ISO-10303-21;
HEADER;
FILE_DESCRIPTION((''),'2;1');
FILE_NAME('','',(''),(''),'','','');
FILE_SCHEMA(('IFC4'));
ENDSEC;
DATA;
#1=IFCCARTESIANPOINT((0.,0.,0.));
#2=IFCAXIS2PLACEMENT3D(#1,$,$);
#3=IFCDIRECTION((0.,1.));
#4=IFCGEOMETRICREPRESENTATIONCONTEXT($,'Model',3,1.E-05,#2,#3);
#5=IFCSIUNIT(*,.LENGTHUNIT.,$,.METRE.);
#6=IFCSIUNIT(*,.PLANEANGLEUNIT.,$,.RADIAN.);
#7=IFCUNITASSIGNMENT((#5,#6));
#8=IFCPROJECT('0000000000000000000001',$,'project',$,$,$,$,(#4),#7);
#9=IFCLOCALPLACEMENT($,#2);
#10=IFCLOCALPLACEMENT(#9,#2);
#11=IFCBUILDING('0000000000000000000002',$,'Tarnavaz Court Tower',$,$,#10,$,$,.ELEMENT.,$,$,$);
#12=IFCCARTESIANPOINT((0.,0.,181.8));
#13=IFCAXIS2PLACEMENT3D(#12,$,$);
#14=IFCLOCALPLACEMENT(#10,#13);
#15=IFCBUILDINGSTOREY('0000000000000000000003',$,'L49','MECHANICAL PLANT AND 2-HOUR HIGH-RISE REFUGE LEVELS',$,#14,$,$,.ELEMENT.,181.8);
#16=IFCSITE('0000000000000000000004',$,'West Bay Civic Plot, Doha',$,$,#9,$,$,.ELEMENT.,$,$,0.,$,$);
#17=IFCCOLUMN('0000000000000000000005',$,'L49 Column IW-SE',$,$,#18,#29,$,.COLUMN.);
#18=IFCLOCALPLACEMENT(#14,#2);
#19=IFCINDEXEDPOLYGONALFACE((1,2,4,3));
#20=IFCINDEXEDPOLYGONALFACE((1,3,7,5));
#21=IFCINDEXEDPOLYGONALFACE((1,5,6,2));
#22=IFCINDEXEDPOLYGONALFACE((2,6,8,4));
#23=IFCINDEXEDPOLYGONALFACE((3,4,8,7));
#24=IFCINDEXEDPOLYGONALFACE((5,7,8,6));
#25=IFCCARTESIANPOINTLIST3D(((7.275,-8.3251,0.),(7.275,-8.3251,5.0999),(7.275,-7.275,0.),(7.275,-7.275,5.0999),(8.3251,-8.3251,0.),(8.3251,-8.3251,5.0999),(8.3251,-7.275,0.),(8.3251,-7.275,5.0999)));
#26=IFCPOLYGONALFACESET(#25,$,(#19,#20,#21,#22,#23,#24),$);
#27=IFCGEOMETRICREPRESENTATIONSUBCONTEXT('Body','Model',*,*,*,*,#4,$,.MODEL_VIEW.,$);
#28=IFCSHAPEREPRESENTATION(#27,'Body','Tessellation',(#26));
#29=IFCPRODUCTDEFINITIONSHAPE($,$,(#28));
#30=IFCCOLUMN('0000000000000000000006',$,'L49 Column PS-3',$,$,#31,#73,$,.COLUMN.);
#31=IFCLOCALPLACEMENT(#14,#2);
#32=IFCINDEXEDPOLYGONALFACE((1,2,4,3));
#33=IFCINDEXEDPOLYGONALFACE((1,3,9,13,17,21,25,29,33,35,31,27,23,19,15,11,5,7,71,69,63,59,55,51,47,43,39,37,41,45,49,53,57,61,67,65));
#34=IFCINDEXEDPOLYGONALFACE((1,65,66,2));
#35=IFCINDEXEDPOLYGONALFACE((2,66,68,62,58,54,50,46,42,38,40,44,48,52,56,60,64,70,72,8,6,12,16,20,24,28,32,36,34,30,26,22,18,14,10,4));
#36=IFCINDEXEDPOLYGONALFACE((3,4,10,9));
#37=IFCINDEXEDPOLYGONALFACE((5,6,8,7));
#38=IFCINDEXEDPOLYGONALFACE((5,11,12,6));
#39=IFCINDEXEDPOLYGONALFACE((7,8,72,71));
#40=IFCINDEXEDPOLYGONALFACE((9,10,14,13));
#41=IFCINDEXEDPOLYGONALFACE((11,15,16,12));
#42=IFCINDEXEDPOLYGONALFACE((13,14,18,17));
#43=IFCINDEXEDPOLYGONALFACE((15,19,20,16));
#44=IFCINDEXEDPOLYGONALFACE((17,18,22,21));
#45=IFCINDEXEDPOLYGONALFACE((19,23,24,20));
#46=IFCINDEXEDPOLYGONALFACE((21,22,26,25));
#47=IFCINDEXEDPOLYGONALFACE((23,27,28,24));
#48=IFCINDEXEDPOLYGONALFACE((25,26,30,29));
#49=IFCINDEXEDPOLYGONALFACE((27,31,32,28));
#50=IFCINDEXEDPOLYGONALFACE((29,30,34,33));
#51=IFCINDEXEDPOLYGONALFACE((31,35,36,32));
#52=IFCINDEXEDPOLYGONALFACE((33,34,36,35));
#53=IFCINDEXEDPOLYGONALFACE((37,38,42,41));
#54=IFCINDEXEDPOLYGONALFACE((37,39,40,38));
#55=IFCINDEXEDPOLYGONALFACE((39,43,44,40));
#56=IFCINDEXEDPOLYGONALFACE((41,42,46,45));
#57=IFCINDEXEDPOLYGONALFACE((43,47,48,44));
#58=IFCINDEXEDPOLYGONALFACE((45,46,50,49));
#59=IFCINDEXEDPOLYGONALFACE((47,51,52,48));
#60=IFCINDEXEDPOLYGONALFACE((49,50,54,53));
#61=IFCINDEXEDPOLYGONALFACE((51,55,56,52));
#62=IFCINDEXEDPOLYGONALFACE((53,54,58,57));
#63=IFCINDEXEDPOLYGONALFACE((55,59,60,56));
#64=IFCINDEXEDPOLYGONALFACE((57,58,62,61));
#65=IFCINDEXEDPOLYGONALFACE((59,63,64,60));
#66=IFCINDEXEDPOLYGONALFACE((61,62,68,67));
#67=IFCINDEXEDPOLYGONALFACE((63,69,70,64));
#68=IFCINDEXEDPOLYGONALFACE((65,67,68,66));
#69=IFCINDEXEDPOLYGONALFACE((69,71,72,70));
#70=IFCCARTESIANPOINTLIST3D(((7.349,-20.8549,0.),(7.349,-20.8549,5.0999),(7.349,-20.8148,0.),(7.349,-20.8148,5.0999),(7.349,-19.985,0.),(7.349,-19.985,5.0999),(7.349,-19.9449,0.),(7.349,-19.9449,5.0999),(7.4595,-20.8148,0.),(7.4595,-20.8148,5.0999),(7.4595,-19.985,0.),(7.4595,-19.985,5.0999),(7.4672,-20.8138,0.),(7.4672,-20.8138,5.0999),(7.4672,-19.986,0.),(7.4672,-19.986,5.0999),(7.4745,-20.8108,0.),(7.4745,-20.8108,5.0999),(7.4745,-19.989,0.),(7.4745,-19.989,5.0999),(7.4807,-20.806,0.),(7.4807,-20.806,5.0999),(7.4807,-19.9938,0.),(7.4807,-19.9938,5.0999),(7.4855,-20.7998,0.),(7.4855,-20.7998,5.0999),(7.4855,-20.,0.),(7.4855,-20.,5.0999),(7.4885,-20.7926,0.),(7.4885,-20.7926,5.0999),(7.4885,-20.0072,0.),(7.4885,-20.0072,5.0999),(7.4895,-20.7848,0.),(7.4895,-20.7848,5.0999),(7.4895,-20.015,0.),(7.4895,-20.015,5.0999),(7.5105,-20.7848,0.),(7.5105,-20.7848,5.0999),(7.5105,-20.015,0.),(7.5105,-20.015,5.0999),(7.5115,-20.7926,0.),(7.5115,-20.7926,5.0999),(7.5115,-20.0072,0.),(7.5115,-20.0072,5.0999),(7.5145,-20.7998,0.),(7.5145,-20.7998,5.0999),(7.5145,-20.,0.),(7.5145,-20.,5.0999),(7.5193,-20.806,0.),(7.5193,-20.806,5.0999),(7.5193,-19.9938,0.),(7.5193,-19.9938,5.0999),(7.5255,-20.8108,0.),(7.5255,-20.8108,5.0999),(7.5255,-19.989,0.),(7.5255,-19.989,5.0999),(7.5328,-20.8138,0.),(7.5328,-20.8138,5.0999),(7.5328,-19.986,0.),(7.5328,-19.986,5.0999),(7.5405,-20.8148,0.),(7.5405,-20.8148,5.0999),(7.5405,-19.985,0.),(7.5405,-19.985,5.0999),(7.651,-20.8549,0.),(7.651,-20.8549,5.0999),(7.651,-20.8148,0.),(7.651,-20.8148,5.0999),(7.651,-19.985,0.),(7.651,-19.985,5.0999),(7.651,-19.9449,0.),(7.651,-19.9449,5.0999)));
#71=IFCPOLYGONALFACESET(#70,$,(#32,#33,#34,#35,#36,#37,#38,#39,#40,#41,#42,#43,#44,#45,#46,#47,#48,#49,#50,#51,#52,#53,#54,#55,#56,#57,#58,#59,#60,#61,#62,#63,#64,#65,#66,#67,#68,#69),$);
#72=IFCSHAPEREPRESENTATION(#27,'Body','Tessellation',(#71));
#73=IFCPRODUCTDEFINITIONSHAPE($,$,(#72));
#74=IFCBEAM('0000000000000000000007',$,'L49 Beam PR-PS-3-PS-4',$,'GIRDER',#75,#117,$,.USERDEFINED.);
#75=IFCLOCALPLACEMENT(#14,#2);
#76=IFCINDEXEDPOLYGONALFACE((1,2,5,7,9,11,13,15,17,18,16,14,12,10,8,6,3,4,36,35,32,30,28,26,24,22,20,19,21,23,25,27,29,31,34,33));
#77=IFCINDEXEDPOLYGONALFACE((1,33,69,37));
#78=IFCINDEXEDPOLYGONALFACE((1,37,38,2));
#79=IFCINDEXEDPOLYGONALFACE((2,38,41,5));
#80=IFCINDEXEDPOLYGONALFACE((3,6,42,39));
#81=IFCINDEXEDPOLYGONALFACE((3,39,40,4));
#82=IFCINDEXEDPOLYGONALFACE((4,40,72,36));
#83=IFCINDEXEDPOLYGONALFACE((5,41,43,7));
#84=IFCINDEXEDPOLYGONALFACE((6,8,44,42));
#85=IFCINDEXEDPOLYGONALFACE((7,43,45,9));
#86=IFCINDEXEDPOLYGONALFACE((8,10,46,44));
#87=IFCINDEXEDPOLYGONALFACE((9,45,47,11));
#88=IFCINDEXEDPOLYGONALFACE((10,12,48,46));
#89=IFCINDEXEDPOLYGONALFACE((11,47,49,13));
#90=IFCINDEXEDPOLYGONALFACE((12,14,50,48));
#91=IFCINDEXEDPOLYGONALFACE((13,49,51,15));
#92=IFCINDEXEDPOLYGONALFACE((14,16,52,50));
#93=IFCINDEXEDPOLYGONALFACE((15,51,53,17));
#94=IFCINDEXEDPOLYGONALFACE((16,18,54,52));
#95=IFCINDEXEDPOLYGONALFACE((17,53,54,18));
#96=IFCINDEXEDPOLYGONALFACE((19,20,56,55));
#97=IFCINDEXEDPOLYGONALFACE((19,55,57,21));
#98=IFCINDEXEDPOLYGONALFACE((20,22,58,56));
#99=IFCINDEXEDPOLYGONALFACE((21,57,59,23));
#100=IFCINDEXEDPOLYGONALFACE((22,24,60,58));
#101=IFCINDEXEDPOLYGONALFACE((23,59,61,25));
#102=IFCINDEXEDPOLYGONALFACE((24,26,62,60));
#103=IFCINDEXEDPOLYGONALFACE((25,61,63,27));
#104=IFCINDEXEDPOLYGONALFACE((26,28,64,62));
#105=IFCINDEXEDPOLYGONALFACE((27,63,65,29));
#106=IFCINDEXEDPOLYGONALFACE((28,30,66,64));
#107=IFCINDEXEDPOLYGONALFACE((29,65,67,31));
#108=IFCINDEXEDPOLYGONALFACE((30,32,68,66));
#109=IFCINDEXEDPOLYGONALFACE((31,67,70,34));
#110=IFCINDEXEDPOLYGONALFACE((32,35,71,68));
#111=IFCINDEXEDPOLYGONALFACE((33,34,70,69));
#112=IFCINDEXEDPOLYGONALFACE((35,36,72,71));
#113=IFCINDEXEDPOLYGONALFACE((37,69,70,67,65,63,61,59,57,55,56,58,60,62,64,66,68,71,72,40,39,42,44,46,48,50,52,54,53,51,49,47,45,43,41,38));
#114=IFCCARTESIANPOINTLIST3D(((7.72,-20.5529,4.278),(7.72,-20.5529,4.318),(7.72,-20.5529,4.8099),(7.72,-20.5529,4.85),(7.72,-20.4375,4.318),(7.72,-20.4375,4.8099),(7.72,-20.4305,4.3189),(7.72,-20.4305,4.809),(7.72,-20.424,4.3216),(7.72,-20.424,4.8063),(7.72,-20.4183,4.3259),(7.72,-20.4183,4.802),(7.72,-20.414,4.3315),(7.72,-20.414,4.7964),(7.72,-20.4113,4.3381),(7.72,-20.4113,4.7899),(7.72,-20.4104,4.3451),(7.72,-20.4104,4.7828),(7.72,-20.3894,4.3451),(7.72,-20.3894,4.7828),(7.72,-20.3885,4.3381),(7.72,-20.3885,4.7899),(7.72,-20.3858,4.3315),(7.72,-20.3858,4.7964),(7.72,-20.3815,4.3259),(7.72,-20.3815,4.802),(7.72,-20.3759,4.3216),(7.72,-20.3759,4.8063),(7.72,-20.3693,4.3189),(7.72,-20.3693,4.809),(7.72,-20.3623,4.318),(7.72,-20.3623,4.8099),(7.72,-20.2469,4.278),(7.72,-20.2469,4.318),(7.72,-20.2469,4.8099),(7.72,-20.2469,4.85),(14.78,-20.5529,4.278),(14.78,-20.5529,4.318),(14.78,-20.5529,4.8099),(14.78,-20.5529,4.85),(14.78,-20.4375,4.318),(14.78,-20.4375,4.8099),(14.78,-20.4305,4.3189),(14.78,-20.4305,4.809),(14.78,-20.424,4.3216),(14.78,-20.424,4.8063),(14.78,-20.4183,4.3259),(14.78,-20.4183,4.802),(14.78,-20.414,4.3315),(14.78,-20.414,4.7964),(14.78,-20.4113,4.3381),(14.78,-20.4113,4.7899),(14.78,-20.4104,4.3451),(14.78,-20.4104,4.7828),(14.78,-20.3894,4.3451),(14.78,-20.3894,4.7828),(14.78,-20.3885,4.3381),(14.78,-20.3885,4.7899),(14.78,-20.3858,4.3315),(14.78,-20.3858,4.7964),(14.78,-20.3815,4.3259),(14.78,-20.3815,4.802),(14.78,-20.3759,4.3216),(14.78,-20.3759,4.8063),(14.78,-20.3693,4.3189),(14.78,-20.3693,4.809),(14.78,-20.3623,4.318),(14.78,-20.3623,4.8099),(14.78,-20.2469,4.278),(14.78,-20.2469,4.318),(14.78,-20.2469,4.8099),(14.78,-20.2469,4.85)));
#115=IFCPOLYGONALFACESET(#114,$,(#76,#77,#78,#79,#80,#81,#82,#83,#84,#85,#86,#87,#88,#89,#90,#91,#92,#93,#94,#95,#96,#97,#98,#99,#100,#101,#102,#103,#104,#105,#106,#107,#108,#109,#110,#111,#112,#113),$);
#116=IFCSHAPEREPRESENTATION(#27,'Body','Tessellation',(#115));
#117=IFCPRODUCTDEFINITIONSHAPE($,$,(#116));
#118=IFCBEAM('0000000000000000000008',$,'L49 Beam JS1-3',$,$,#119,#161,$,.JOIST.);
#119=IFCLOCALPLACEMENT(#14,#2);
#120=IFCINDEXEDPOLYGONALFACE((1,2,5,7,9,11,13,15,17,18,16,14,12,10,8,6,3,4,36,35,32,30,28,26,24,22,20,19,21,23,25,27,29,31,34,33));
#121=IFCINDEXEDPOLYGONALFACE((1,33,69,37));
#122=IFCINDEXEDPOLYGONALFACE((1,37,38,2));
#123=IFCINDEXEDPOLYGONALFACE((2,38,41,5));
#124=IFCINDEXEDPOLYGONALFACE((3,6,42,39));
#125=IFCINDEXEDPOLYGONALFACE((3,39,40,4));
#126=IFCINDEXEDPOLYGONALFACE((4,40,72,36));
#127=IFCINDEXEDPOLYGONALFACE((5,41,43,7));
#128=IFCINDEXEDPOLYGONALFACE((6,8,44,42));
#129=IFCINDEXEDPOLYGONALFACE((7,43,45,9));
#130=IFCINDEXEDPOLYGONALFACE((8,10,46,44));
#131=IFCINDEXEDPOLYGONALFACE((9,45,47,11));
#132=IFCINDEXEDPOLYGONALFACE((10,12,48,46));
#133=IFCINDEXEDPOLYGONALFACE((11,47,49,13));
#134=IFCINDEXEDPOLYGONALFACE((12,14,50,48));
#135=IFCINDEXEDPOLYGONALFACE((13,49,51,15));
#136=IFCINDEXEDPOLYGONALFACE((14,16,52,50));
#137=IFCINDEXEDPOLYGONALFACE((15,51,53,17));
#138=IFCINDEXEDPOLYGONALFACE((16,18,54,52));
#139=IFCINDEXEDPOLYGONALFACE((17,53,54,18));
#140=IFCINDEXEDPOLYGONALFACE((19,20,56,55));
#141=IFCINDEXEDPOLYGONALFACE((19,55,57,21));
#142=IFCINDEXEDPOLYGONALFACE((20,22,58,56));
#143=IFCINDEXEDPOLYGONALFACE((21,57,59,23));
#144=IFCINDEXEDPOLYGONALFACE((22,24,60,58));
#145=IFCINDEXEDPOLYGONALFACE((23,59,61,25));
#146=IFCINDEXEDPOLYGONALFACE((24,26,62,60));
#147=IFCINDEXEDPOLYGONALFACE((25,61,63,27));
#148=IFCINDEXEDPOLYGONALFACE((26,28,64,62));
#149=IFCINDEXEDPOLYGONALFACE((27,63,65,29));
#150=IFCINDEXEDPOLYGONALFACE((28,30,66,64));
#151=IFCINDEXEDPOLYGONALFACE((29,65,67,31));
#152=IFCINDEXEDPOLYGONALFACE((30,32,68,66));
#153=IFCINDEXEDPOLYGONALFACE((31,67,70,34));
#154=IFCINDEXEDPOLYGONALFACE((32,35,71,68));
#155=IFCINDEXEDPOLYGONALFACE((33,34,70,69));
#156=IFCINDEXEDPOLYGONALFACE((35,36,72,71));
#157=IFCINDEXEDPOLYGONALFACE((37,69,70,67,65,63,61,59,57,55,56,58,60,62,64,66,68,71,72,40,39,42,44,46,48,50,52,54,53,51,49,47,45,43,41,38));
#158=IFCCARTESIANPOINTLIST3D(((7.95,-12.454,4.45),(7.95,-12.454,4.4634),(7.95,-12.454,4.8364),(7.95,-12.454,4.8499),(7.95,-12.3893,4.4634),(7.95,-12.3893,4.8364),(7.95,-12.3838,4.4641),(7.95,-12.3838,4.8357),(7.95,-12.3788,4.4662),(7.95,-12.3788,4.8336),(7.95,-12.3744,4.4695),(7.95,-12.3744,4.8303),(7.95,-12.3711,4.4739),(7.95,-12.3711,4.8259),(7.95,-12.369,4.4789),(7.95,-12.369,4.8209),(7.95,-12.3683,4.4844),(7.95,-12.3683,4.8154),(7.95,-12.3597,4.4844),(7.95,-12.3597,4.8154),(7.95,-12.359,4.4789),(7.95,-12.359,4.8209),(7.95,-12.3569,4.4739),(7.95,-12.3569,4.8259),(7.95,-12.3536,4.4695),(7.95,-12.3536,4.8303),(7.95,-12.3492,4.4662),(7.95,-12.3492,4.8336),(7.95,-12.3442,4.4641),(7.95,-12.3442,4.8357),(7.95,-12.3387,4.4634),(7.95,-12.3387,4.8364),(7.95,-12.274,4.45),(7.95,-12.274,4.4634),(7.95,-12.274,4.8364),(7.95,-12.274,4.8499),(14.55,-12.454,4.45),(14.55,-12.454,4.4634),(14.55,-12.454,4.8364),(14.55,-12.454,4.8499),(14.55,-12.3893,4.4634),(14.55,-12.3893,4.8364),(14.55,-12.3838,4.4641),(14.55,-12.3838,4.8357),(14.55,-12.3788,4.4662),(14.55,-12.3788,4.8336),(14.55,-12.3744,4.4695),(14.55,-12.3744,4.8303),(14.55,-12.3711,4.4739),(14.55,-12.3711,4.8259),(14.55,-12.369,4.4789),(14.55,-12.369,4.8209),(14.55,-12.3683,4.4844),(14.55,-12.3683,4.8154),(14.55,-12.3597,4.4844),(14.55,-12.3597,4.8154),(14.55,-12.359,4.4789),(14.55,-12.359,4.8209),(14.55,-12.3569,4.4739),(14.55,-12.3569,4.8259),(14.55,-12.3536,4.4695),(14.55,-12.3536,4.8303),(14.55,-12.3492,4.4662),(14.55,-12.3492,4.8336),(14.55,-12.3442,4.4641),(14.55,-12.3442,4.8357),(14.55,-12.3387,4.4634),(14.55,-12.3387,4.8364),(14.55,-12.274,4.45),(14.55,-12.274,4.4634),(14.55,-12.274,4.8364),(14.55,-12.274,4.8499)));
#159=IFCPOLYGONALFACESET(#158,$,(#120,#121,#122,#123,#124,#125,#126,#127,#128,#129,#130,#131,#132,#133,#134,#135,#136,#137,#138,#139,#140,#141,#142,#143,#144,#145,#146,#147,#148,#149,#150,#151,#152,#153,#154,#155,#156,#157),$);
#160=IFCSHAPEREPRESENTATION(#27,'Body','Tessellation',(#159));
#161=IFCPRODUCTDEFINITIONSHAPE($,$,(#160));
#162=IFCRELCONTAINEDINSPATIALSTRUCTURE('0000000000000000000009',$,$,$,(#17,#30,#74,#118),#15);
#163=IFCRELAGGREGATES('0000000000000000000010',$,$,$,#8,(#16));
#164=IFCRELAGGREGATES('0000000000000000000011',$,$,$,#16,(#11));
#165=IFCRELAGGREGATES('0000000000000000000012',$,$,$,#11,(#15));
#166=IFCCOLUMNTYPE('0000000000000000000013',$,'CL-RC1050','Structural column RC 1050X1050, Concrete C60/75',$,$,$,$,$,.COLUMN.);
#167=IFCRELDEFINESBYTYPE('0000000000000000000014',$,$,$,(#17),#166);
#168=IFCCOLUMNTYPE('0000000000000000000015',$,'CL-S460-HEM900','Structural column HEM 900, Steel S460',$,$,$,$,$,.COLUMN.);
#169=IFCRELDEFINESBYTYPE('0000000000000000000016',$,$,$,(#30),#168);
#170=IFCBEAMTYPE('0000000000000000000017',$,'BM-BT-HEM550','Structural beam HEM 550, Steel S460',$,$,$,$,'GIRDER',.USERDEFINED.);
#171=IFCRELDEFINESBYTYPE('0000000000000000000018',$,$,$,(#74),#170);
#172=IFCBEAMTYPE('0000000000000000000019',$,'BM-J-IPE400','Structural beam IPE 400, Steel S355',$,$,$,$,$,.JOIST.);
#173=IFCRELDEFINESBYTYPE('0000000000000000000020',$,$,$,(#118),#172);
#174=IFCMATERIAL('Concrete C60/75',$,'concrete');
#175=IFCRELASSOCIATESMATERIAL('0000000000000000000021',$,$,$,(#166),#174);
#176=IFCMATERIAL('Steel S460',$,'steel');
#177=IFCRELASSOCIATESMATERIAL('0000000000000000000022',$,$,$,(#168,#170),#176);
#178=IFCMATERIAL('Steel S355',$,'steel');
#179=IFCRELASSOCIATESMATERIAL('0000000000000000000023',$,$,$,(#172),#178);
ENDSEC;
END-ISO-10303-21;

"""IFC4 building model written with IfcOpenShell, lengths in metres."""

from ifc_helpers import new_model, si_unit, direction, frame, origin, origin_2d, place, context, subcontext, project, spatial, rectangle, i_section, extrude, material, material_profile, profile_set, type_object, element, save


model = new_model("IFC4")

# Units and contexts
model_context = context("Model", 3, precision=1e-05, world=origin(), true_north=direction((0.0, 1.0)))
body_context = subcontext(model_context, "Body", "Model", "MODEL_VIEW")
ifc_project = project(units=[si_unit("LENGTHUNIT", "METRE"), si_unit("PLANEANGLEUNIT", "RADIAN")], contexts=[model_context])

# Site, building, storey
site_placement = place(None, origin())
site = spatial("IfcSite", under=ifc_project, at=site_placement, Name="West Bay Civic Plot, Doha", CompositionType="ELEMENT", RefElevation=0.0)
building_placement = place(site_placement, origin())
building = spatial("IfcBuilding", under=site, at=building_placement, Name="Tarnavaz Court Tower", CompositionType="ELEMENT")
storey_placement = place(building_placement, frame((0.0, 0.0, 181.8)))
storey = spatial("IfcBuildingStorey", under=building, at=storey_placement, Name="L49", Description="MECHANICAL PLANT AND 2-HOUR HIGH-RISE REFUGE LEVELS", CompositionType="ELEMENT", Elevation=181.8)

# Columns
ifc_material_1 = material(Name="Concrete C60/75", Category="concrete")
ifc_material_profile_1 = material_profile(ifc_material_1, rectangle(XDim=1.05, YDim=1.05, at=origin_2d()), Name="RC 1050X1050")
ifc_profile_set_1 = profile_set([ifc_material_profile_1], Name="Concrete C60/75")
column_type_1 = type_object("IfcColumnType", Name="CL-RC1050", Description="Structural column RC 1050X1050, Concrete C60/75", PredefinedType="COLUMN", material=ifc_profile_set_1)
column_1_placement = place(storey_placement, frame((7.8, -7.8, 0.0), z_axis=(0.0, 0.0, 1.0), x_axis=(1.0, 0.0, 0.0)))
element("IfcColumn", 1, at=column_1_placement, inside=storey, type_object=column_type_1, Name="L49 Column IW-SE", PredefinedType="COLUMN", context=body_context, shape_type="SweptSolid", body=[
    extrude(rectangle(XDim=1.05, YDim=1.05, at=origin_2d()), origin(), (0.0, 0.0, 1.0), 5.0999),
])
ifc_material_2 = material(Name="Steel S460", Category="steel")
ifc_material_profile_2 = material_profile(ifc_material_2, i_section(OverallWidth=0.302, OverallDepth=0.9099, WebThickness=0.021, FlangeThickness=0.04, FilletRadius=0.03, at=origin_2d()), Name="HEM 900")
ifc_profile_set_2 = profile_set([ifc_material_profile_2], Name="Steel S460")
column_type_2 = type_object("IfcColumnType", Name="CL-S460-HEM900", Description="Structural column HEM 900, Steel S460", PredefinedType="COLUMN", material=ifc_profile_set_2)
column_2_placement = place(storey_placement, frame((7.5, -20.3999, 0.0), z_axis=(0.0, 0.0, 1.0), x_axis=(1.0, 0.0, 0.0)))
element("IfcColumn", 2, at=column_2_placement, inside=storey, type_object=column_type_2, Name="L49 Column PS-3", PredefinedType="COLUMN", context=body_context, shape_type="SweptSolid", body=[
    extrude(i_section(OverallWidth=0.302, OverallDepth=0.9099, WebThickness=0.021, FlangeThickness=0.04, FilletRadius=0.03, at=origin_2d()), origin(), (0.0, 0.0, 1.0), 5.0999),
])

# Beams
ifc_material_profile_3 = material_profile(ifc_material_2, i_section(OverallWidth=0.3059, OverallDepth=0.572, WebThickness=0.021, FlangeThickness=0.04, FilletRadius=0.0271, at=origin_2d()), Name="HEM 550")
ifc_profile_set_3 = profile_set([ifc_material_profile_3], Name="Steel S460")
beam_type_1 = type_object("IfcBeamType", Name="BM-BT-HEM550", Description="Structural beam HEM 550, Steel S460", ElementType="GIRDER", PredefinedType="USERDEFINED", material=ifc_profile_set_3)
beam_1_placement = place(storey_placement, frame((7.72, -20.3999, 4.564), z_axis=(1.0, 0.0, 0.0), x_axis=(0.0, 1.0, 0.0)))
element("IfcBeam", 3, at=beam_1_placement, inside=storey, type_object=beam_type_1, Name="L49 Beam PR-PS-3-PS-4", ObjectType="GIRDER", PredefinedType="USERDEFINED", context=body_context, shape_type="SweptSolid", body=[
    extrude(i_section(OverallWidth=0.3059, OverallDepth=0.572, WebThickness=0.021, FlangeThickness=0.04, FilletRadius=0.0271, at=origin_2d()), origin(), (0.0, 0.0, 1.0), 7.0601),
])
ifc_material_3 = material(Name="Steel S355", Category="steel")
ifc_material_profile_4 = material_profile(ifc_material_3, i_section(OverallWidth=0.1799, OverallDepth=0.3999, WebThickness=0.0085, FlangeThickness=0.0134, FilletRadius=0.021, at=origin_2d()), Name="IPE 400")
ifc_profile_set_4 = profile_set([ifc_material_profile_4], Name="Steel S355")
beam_type_2 = type_object("IfcBeamType", Name="BM-J-IPE400", Description="Structural beam IPE 400, Steel S355", PredefinedType="JOIST", material=ifc_profile_set_4)
for number, where, z_axis, x_axis, name in (
    (4, (7.95, -12.364, 4.6499), (1.0, 0.0, 0.0), (0.0, 1.0, 0.0), "L49 Beam JS1-3"),
):
    element("IfcBeam", number, at=place(storey_placement, frame(where, z_axis=z_axis, x_axis=x_axis)), inside=storey, type_object=beam_type_2, Name=name, PredefinedType="JOIST", context=body_context, shape_type="SweptSolid", body=[
        extrude(i_section(OverallWidth=0.1799, OverallDepth=0.3999, WebThickness=0.0085, FlangeThickness=0.0134, FilletRadius=0.021, at=origin_2d()), origin(), (0.0, 0.0, 1.0), 6.6001),
    ])

save(model, "model.ifc")
